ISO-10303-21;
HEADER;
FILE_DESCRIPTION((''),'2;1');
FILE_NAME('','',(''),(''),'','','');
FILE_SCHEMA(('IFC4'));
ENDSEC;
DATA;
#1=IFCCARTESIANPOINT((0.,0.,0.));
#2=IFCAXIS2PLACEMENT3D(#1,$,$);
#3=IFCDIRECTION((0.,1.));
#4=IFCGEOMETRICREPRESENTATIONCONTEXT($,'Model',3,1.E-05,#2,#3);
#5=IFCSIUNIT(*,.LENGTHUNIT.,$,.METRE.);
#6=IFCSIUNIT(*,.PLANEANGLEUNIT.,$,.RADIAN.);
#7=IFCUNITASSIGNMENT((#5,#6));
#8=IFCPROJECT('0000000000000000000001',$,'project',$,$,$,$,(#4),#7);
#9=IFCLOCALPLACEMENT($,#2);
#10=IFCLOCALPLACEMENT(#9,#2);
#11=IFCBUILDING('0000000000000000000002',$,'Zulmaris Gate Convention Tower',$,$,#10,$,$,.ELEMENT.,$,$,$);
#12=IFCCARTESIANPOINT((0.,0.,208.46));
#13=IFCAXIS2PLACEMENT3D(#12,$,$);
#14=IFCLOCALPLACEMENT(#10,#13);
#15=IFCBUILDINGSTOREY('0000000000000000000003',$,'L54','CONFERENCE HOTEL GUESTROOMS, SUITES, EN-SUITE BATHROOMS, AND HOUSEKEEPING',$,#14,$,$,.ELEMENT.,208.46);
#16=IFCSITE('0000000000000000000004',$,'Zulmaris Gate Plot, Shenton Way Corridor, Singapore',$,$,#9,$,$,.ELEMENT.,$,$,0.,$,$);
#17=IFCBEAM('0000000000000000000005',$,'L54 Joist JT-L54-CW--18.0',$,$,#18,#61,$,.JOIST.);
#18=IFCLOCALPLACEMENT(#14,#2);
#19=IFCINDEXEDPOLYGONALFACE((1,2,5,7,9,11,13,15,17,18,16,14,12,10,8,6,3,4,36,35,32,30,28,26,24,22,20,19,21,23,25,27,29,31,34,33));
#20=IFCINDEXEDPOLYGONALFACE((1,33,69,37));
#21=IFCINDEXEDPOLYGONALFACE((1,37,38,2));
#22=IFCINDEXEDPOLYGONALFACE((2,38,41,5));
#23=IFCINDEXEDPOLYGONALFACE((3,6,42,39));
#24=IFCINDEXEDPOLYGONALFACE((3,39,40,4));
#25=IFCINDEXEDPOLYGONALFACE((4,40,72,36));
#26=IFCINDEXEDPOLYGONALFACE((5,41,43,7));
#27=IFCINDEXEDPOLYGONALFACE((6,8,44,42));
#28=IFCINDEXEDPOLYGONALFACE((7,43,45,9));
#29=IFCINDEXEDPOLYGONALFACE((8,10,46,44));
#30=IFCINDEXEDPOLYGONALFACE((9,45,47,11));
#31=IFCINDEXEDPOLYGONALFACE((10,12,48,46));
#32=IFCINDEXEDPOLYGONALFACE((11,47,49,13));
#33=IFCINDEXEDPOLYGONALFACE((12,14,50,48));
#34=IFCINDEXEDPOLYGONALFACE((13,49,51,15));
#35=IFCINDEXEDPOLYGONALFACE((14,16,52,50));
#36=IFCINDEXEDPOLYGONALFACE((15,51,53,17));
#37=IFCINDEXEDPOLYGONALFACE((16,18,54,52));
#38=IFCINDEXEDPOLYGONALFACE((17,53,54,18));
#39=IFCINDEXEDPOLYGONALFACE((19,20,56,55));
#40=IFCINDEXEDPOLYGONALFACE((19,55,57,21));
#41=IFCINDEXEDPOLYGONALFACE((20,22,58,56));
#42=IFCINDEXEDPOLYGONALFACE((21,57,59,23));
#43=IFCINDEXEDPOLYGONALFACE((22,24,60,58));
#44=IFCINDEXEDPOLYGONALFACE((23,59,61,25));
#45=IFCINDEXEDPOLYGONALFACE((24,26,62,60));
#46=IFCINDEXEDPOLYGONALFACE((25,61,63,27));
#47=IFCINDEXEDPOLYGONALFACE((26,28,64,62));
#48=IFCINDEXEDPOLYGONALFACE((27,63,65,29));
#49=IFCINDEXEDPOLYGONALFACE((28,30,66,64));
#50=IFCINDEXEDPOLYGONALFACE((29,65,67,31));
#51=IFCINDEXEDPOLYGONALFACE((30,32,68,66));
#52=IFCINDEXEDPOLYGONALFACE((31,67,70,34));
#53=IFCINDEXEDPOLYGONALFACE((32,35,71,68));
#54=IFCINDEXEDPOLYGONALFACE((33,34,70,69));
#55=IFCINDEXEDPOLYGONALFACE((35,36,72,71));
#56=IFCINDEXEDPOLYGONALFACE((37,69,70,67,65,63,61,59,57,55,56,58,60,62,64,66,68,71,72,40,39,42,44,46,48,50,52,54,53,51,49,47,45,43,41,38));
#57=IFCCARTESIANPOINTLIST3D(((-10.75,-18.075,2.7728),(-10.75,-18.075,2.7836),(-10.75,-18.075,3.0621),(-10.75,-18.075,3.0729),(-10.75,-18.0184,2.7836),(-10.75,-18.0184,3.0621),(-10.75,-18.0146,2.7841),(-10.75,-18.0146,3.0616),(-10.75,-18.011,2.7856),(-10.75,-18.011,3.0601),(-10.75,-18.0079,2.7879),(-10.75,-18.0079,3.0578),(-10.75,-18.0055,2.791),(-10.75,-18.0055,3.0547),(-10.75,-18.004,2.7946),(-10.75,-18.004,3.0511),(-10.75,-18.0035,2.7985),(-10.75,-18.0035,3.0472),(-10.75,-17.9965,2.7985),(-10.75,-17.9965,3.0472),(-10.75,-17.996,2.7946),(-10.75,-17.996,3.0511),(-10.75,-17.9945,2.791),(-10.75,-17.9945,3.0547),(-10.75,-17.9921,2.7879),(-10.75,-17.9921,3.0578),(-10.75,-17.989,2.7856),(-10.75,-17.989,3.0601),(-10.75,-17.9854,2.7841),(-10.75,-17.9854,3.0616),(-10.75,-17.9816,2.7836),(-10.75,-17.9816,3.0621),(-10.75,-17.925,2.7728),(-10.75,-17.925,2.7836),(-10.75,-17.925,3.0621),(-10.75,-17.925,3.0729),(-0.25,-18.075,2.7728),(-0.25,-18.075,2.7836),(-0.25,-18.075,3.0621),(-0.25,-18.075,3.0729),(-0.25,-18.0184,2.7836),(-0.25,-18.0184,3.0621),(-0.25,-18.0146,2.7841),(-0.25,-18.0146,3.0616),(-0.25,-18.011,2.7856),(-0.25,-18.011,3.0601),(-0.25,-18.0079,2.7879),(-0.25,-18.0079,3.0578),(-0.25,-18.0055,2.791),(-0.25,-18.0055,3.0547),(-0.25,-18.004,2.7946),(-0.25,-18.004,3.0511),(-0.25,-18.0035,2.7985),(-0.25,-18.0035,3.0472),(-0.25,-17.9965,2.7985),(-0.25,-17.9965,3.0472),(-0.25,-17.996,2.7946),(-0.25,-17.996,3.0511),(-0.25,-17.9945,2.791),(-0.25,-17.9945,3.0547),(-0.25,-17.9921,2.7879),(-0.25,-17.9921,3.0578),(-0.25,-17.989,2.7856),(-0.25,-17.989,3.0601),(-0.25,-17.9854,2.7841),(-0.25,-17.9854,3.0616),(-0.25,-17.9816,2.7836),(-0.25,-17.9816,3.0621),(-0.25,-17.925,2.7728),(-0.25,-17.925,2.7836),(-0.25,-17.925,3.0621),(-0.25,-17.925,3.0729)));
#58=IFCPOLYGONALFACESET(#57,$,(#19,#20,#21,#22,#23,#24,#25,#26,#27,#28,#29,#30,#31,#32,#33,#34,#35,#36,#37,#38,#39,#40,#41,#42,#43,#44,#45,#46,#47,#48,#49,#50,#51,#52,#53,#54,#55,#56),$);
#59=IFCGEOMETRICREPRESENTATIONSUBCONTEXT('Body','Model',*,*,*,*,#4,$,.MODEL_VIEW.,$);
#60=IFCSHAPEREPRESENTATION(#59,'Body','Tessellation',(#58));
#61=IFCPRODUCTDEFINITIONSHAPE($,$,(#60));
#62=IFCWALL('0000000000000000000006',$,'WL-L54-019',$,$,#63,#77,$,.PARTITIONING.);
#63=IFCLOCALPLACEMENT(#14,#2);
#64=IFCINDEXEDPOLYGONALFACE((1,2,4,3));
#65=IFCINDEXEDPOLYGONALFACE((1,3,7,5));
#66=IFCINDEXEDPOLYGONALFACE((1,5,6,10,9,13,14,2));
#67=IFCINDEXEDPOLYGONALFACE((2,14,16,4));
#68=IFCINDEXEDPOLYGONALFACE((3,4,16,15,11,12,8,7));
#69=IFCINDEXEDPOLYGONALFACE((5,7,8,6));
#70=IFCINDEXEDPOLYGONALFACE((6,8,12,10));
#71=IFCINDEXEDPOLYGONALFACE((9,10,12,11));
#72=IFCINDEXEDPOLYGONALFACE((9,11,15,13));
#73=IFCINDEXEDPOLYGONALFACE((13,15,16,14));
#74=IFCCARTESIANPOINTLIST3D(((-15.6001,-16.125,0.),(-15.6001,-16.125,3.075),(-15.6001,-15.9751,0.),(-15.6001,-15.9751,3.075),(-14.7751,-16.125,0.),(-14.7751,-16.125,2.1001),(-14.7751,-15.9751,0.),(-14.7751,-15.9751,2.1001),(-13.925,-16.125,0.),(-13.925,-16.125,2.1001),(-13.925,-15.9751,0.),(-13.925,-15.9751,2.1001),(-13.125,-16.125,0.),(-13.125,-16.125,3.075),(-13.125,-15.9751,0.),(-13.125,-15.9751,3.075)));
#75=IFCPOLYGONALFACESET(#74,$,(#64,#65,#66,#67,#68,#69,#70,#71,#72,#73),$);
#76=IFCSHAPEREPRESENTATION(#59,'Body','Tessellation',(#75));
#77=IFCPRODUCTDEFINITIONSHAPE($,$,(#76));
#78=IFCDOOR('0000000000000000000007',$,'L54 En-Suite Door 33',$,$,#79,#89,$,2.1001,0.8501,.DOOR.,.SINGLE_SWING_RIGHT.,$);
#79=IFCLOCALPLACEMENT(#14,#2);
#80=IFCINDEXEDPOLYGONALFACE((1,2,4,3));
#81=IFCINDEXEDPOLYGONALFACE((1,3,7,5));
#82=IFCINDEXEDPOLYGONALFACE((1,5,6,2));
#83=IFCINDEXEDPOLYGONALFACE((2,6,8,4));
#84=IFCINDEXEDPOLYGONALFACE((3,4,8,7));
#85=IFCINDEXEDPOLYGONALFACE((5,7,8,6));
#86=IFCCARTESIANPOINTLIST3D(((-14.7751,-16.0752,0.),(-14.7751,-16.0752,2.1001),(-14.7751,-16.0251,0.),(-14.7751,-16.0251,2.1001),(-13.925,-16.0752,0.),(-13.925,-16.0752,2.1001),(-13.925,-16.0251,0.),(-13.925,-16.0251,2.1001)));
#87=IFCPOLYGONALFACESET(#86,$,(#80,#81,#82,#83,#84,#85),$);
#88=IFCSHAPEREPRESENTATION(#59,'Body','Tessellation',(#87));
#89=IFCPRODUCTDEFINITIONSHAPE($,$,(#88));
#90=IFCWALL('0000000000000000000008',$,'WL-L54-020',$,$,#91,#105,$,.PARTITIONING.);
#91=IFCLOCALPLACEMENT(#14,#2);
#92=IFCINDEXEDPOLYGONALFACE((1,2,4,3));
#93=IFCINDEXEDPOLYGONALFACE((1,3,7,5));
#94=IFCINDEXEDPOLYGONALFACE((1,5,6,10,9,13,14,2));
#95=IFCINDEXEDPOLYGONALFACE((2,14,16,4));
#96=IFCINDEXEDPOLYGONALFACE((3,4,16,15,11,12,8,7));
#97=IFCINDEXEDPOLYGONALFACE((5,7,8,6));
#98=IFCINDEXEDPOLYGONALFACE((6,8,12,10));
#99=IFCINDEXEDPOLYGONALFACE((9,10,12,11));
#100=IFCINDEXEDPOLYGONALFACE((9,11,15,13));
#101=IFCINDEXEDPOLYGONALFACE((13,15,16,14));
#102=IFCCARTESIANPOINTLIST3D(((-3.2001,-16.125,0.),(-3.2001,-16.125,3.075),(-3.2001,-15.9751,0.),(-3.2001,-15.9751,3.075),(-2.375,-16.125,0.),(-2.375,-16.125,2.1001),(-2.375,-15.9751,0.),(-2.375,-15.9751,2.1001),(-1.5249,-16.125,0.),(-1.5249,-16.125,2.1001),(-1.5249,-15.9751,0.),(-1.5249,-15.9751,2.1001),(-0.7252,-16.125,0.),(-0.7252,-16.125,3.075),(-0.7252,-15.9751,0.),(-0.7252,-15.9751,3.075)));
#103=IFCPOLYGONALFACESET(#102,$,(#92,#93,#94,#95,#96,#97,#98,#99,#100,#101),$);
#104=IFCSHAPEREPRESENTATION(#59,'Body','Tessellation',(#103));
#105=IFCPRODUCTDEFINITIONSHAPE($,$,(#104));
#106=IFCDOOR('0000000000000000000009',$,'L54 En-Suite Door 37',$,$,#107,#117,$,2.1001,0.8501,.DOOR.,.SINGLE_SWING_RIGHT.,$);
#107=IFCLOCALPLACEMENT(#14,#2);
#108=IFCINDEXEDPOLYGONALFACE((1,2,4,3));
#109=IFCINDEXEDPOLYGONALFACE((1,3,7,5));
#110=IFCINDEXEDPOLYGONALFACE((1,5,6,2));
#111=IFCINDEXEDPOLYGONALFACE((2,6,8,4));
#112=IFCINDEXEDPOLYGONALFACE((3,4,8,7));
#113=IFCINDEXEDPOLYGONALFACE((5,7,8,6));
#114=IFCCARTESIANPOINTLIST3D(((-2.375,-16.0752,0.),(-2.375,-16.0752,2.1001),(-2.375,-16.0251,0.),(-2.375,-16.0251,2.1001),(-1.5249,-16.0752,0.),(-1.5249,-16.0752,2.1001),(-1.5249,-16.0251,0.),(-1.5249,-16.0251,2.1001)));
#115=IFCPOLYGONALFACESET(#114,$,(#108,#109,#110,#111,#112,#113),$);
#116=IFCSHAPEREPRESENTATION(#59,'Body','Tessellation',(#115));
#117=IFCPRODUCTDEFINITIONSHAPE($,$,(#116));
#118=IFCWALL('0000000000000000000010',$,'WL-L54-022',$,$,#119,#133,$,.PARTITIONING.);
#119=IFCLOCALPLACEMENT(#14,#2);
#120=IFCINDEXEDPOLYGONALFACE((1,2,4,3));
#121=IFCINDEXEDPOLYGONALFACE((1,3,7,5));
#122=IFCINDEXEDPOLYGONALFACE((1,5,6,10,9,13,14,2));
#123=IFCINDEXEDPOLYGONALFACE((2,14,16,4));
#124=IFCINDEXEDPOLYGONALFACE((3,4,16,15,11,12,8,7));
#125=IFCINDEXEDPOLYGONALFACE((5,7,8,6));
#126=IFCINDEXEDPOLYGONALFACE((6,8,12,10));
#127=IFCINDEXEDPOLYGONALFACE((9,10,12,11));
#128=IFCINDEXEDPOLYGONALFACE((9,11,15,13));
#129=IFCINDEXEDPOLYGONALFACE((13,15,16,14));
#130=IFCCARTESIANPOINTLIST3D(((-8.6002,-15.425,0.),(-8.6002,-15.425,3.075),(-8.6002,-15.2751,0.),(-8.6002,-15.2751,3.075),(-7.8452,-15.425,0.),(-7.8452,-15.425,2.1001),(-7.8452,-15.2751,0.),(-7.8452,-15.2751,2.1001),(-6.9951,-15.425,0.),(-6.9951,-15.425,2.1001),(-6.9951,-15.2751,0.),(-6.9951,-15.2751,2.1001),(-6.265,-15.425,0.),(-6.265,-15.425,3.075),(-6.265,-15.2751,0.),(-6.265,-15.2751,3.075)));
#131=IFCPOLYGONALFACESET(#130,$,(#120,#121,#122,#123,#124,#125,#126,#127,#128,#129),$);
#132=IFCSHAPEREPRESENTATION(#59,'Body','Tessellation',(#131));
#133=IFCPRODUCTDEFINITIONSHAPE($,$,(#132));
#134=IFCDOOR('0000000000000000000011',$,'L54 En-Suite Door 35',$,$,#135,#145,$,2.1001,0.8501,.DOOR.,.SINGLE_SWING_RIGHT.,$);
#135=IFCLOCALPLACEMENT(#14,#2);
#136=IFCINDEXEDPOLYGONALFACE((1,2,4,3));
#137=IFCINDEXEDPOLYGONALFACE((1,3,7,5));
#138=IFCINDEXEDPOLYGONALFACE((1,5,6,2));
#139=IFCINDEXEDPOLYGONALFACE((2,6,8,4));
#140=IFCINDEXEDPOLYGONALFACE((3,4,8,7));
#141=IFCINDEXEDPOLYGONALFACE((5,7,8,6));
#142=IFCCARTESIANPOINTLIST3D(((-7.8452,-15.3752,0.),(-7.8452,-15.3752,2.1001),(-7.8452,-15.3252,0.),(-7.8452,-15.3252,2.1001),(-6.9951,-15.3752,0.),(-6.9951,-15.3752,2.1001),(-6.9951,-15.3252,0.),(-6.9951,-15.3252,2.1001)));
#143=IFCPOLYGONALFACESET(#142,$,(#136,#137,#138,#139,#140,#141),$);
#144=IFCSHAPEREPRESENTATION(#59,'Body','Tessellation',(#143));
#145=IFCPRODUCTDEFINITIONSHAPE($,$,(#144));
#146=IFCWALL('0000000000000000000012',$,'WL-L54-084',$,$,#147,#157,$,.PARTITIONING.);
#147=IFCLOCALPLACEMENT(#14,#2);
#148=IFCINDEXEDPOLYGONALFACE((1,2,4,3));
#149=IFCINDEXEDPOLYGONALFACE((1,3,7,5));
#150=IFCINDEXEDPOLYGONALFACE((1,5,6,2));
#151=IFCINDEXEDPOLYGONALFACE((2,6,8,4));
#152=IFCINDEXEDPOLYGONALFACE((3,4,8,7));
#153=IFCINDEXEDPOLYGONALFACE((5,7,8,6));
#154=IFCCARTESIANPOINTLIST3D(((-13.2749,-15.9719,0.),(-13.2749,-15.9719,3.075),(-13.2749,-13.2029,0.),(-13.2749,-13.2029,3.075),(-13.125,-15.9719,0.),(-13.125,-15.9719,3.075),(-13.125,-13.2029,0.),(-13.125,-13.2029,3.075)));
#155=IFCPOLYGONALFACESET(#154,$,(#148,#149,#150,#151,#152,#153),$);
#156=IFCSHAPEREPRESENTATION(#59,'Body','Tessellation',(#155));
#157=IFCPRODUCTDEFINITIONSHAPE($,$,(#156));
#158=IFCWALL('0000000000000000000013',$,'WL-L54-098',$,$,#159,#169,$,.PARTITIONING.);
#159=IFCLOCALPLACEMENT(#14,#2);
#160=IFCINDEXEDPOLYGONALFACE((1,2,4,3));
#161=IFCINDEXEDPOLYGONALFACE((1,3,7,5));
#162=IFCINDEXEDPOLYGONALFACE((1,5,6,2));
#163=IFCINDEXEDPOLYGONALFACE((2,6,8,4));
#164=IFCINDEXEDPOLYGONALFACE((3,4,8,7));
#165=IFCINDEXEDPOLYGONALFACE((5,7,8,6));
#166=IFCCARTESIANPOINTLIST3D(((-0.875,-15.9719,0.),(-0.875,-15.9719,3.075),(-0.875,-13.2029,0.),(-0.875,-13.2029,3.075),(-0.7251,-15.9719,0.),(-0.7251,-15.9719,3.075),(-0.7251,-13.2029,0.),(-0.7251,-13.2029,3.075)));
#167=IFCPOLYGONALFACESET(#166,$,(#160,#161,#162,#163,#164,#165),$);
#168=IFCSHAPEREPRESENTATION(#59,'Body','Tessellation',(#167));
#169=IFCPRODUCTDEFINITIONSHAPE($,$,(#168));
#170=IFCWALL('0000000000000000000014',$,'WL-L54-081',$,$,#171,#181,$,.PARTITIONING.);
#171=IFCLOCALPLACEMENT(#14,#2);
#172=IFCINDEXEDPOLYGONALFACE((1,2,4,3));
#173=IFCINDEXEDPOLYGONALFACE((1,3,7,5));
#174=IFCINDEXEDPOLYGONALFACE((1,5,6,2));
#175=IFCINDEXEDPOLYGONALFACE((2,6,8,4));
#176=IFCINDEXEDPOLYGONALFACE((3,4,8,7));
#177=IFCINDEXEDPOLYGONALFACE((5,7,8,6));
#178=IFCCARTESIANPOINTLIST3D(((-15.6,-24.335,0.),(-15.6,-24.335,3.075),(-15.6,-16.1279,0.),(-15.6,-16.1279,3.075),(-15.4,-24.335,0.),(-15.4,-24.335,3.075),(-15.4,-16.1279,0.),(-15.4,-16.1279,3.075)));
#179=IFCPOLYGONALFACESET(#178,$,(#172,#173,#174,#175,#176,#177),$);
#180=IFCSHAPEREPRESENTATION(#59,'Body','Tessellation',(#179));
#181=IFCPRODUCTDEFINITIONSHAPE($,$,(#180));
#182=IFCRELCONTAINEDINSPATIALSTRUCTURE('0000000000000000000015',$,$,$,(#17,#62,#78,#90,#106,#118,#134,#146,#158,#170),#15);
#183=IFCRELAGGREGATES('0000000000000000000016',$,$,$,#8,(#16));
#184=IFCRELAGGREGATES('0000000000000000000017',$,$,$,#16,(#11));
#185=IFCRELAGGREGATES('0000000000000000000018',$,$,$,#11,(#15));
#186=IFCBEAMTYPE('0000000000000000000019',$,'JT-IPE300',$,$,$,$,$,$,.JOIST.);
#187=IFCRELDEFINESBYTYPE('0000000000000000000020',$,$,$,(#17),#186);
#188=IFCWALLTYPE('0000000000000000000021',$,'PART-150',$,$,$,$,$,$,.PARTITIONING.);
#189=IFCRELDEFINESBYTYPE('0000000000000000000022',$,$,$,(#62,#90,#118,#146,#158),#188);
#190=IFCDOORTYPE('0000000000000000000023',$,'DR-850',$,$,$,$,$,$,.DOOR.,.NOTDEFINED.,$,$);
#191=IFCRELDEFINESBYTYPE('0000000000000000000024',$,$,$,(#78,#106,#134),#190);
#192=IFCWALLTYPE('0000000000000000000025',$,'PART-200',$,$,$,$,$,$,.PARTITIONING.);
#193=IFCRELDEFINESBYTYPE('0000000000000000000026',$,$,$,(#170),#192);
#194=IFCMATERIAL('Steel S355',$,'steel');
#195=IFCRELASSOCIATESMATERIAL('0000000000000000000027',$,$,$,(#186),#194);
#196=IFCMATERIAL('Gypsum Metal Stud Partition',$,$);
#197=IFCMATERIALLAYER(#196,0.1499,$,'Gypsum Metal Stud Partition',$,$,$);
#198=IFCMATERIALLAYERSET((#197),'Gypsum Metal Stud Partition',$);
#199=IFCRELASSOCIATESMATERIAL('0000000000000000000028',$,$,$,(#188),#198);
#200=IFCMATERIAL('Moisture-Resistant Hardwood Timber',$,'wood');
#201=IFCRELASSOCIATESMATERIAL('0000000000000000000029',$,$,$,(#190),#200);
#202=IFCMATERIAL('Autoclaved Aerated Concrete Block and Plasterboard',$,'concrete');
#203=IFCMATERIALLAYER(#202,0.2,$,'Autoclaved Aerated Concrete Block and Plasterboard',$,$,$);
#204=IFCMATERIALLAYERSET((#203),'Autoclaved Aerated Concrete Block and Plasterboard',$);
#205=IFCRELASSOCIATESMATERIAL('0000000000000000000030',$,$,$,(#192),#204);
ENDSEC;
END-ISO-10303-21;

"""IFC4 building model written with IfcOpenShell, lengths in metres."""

from ifc_helpers import new_model, si_unit, direction, frame, frame_2d, origin, origin_2d, place, context, subcontext, project, spatial, rectangle, i_section, extrude, material, layer, layer_set, material_profile, profile_set, type_object, element, fill, save


model = new_model("IFC4")

# Units and contexts
model_context = context("Model", 3, precision=1e-05, world=origin(), true_north=direction((0.0, 1.0)))
body_context = subcontext(model_context, "Body", "Model", "MODEL_VIEW")
ifc_project = project(units=[si_unit("LENGTHUNIT", "METRE"), si_unit("PLANEANGLEUNIT", "RADIAN")], contexts=[model_context])

# Site, building, storey
site_placement = place(None, origin())
site = spatial("IfcSite", under=ifc_project, at=site_placement, Name="Zulmaris Gate Plot, Shenton Way Corridor, Singapore", CompositionType="ELEMENT", RefElevation=0.0)
building_placement = place(site_placement, origin())
building = spatial("IfcBuilding", under=site, at=building_placement, Name="Zulmaris Gate Convention Tower", CompositionType="ELEMENT")
storey_placement = place(building_placement, frame((0.0, 0.0, 208.46)))
storey = spatial("IfcBuildingStorey", under=building, at=storey_placement, Name="L54", Description="CONFERENCE HOTEL GUESTROOMS, SUITES, EN-SUITE BATHROOMS, AND HOUSEKEEPING", CompositionType="ELEMENT", Elevation=208.46)

# Beam
ifc_material_1 = material(Name="Steel S355", Category="steel")
ifc_material_profile_1 = material_profile(ifc_material_1, i_section(OverallWidth=0.1499, OverallDepth=0.3, WebThickness=0.0071, FlangeThickness=0.0107, FilletRadius=0.0149, at=origin_2d()), Name="IPE 300")
ifc_profile_set_1 = profile_set([ifc_material_profile_1], Name="Steel S355")
beam_type_1 = type_object("IfcBeamType", Name="JT-IPE300", PredefinedType="JOIST", material=ifc_profile_set_1)
beam_1_placement = place(storey_placement, frame((-10.75, -18.0, 2.9229), z_axis=(1.0, 0.0, 0.0), x_axis=(0.0, 1.0, 0.0)))
element("IfcBeam", 1, at=beam_1_placement, inside=storey, type_object=beam_type_1, Name="L54 Joist JT-L54-CW--18.0", PredefinedType="JOIST", context=body_context, shape_type="SweptSolid", body=[
    extrude(i_section(OverallWidth=0.1499, OverallDepth=0.3, WebThickness=0.0071, FlangeThickness=0.0107, FilletRadius=0.0149, at=origin_2d()), origin(), (0.0, 0.0, 1.0), 10.5),
])

# Walls, openings, doors
ifc_material_2 = material(Name="Gypsum Metal Stud Partition")
ifc_layer_1 = layer(ifc_material_2, 0.1499, Name="Gypsum Metal Stud Partition")
ifc_layer_set_1 = layer_set([ifc_layer_1], Name="Gypsum Metal Stud Partition")
wall_type_1 = type_object("IfcWallType", Name="PART-150", PredefinedType="PARTITIONING", material=ifc_layer_set_1)
wall_1_placement = place(storey_placement, frame((-15.6001, -16.05, 0.0), z_axis=(0.0, 0.0, 1.0), x_axis=(1.0, 0.0, 0.0)))
wall_1 = element("IfcWall", 2, at=wall_1_placement, inside=storey, type_object=wall_type_1, Name="WL-L54-019", PredefinedType="PARTITIONING", context=body_context, shape_type="SweptSolid", body=[
    extrude(rectangle(XDim=2.4751, YDim=0.1499, at=frame_2d((1.2375, 0.0))), origin(), (0.0, 0.0, 1.0), 3.075),
])
opening_1_placement = place(wall_1_placement, frame((0.825, 0.0, 0.0)))
opening_1 = element("IfcOpeningElement", 3, at=opening_1_placement, cuts=wall_1, PredefinedType="OPENING", context=body_context, shape_type="SweptSolid", body=[
    extrude(rectangle(XDim=0.8501, YDim=2.1001, at=frame_2d((0.425, 1.05))), frame((0.0, 0.085, 0.0), z_axis=(0.0, -1.0, 0.0), x_axis=(1.0, 0.0, 0.0)), (0.0, 0.0, 1.0), 0.1699),
])
ifc_material_3 = material(Name="Moisture-Resistant Hardwood Timber", Category="wood")
door_type_1 = type_object("IfcDoorType", Name="DR-850", OperationType="NOTDEFINED", PredefinedType="DOOR", material=ifc_material_3)
door_1_placement = place(opening_1_placement, origin())
door_1 = element("IfcDoor", 4, at=door_1_placement, inside=storey, type_object=door_type_1, Name="L54 En-Suite Door 33", OperationType="SINGLE_SWING_RIGHT", OverallHeight=2.1001, OverallWidth=0.8501, PredefinedType="DOOR", context=body_context, shape_type="SweptSolid", body=[
    extrude(rectangle(XDim=0.8501, YDim=2.1001, at=frame_2d((0.425, 1.05))), frame((0.0, 0.0249, 0.0), z_axis=(0.0, -1.0, 0.0), x_axis=(1.0, 0.0, 0.0)), (0.0, 0.0, 1.0), 0.05),
])
fill(opening_1, door_1)
wall_2_placement = place(storey_placement, frame((-3.2, -16.05, 0.0), z_axis=(0.0, 0.0, 1.0), x_axis=(1.0, 0.0, 0.0)))
wall_2 = element("IfcWall", 5, at=wall_2_placement, inside=storey, type_object=wall_type_1, Name="WL-L54-020", PredefinedType="PARTITIONING", context=body_context, shape_type="SweptSolid", body=[
    extrude(rectangle(XDim=2.4749, YDim=0.1499, at=frame_2d((1.2373, 0.0))), origin(), (0.0, 0.0, 1.0), 3.075),
])
opening_2_placement = place(wall_2_placement, frame((0.825, 0.0, 0.0)))
opening_2 = element("IfcOpeningElement", 6, at=opening_2_placement, cuts=wall_2, PredefinedType="OPENING", context=body_context, shape_type="SweptSolid", body=[
    extrude(rectangle(XDim=0.8501, YDim=2.1001, at=frame_2d((0.425, 1.05))), frame((0.0, 0.085, 0.0), z_axis=(0.0, -1.0, 0.0), x_axis=(1.0, 0.0, 0.0)), (0.0, 0.0, 1.0), 0.1699),
])
door_2_placement = place(opening_2_placement, origin())
door_2 = element("IfcDoor", 7, at=door_2_placement, inside=storey, type_object=door_type_1, Name="L54 En-Suite Door 37", OperationType="SINGLE_SWING_RIGHT", OverallHeight=2.1001, OverallWidth=0.8501, PredefinedType="DOOR", context=body_context, shape_type="SweptSolid", body=[
    extrude(rectangle(XDim=0.8501, YDim=2.1001, at=frame_2d((0.425, 1.05))), frame((0.0, 0.0249, 0.0), z_axis=(0.0, -1.0, 0.0), x_axis=(1.0, 0.0, 0.0)), (0.0, 0.0, 1.0), 0.05),
])
fill(opening_2, door_2)
wall_3_placement = place(storey_placement, frame((-8.6001, -15.3501, 0.0), z_axis=(0.0, 0.0, 1.0), x_axis=(1.0, 0.0, 0.0)))
wall_3 = element("IfcWall", 8, at=wall_3_placement, inside=storey, type_object=wall_type_1, Name="WL-L54-022", PredefinedType="PARTITIONING", context=body_context, shape_type="SweptSolid", body=[
    extrude(rectangle(XDim=2.3352, YDim=0.1499, at=frame_2d((1.1675, 0.0))), origin(), (0.0, 0.0, 1.0), 3.075),
])
opening_3_placement = place(wall_3_placement, frame((0.7549, 0.0, 0.0)))
opening_3 = element("IfcOpeningElement", 9, at=opening_3_placement, cuts=wall_3, PredefinedType="OPENING", context=body_context, shape_type="SweptSolid", body=[
    extrude(rectangle(XDim=0.8501, YDim=2.1001, at=frame_2d((0.425, 1.05))), frame((0.0, 0.085, 0.0), z_axis=(0.0, -1.0, 0.0), x_axis=(1.0, 0.0, 0.0)), (0.0, 0.0, 1.0), 0.1699),
])
door_3_placement = place(opening_3_placement, origin())
door_3 = element("IfcDoor", 10, at=door_3_placement, inside=storey, type_object=door_type_1, Name="L54 En-Suite Door 35", OperationType="SINGLE_SWING_RIGHT", OverallHeight=2.1001, OverallWidth=0.8501, PredefinedType="DOOR", context=body_context, shape_type="SweptSolid", body=[
    extrude(rectangle(XDim=0.8501, YDim=2.1001, at=frame_2d((0.425, 1.05))), frame((0.0, 0.0249, 0.0), z_axis=(0.0, -1.0, 0.0), x_axis=(1.0, 0.0, 0.0)), (0.0, 0.0, 1.0), 0.05),
])
fill(opening_3, door_3)

# Walls
for number, where, z_axis, x_axis, name in (
    (11, (-13.2, -15.9719, 0.0), (0.0, 0.0, 1.0), (0.0, 1.0, 0.0), "WL-L54-084"),
    (12, (-0.8, -15.9719, 0.0), (0.0, 0.0, 1.0), (0.0, 1.0, 0.0), "WL-L54-098"),
):
    element("IfcWall", number, at=place(storey_placement, frame(where, z_axis=z_axis, x_axis=x_axis)), inside=storey, type_object=wall_type_1, Name=name, PredefinedType="PARTITIONING", context=body_context, shape_type="SweptSolid", body=[
        extrude(rectangle(XDim=2.769, YDim=0.1499, at=frame_2d((1.3845, 0.0))), origin(), (0.0, 0.0, 1.0), 3.075),
    ])
ifc_material_4 = material(Name="Autoclaved Aerated Concrete Block and Plasterboard", Category="concrete")
ifc_layer_2 = layer(ifc_material_4, 0.2, Name="Autoclaved Aerated Concrete Block and Plasterboard")
ifc_layer_set_2 = layer_set([ifc_layer_2], Name="Autoclaved Aerated Concrete Block and Plasterboard")
wall_type_2 = type_object("IfcWallType", Name="PART-200", PredefinedType="PARTITIONING", material=ifc_layer_set_2)
wall_4_placement = place(storey_placement, frame((-15.5, -24.335, 0.0), z_axis=(0.0, 0.0, 1.0), x_axis=(0.0, 1.0, 0.0)))
element("IfcWall", 13, at=wall_4_placement, inside=storey, type_object=wall_type_2, Name="WL-L54-081", PredefinedType="PARTITIONING", context=body_context, shape_type="SweptSolid", body=[
    extrude(rectangle(XDim=8.207, YDim=0.2, at=frame_2d((4.1035, 0.0))), origin(), (0.0, 0.0, 1.0), 3.075),
])

save(model, "model.ifc")
